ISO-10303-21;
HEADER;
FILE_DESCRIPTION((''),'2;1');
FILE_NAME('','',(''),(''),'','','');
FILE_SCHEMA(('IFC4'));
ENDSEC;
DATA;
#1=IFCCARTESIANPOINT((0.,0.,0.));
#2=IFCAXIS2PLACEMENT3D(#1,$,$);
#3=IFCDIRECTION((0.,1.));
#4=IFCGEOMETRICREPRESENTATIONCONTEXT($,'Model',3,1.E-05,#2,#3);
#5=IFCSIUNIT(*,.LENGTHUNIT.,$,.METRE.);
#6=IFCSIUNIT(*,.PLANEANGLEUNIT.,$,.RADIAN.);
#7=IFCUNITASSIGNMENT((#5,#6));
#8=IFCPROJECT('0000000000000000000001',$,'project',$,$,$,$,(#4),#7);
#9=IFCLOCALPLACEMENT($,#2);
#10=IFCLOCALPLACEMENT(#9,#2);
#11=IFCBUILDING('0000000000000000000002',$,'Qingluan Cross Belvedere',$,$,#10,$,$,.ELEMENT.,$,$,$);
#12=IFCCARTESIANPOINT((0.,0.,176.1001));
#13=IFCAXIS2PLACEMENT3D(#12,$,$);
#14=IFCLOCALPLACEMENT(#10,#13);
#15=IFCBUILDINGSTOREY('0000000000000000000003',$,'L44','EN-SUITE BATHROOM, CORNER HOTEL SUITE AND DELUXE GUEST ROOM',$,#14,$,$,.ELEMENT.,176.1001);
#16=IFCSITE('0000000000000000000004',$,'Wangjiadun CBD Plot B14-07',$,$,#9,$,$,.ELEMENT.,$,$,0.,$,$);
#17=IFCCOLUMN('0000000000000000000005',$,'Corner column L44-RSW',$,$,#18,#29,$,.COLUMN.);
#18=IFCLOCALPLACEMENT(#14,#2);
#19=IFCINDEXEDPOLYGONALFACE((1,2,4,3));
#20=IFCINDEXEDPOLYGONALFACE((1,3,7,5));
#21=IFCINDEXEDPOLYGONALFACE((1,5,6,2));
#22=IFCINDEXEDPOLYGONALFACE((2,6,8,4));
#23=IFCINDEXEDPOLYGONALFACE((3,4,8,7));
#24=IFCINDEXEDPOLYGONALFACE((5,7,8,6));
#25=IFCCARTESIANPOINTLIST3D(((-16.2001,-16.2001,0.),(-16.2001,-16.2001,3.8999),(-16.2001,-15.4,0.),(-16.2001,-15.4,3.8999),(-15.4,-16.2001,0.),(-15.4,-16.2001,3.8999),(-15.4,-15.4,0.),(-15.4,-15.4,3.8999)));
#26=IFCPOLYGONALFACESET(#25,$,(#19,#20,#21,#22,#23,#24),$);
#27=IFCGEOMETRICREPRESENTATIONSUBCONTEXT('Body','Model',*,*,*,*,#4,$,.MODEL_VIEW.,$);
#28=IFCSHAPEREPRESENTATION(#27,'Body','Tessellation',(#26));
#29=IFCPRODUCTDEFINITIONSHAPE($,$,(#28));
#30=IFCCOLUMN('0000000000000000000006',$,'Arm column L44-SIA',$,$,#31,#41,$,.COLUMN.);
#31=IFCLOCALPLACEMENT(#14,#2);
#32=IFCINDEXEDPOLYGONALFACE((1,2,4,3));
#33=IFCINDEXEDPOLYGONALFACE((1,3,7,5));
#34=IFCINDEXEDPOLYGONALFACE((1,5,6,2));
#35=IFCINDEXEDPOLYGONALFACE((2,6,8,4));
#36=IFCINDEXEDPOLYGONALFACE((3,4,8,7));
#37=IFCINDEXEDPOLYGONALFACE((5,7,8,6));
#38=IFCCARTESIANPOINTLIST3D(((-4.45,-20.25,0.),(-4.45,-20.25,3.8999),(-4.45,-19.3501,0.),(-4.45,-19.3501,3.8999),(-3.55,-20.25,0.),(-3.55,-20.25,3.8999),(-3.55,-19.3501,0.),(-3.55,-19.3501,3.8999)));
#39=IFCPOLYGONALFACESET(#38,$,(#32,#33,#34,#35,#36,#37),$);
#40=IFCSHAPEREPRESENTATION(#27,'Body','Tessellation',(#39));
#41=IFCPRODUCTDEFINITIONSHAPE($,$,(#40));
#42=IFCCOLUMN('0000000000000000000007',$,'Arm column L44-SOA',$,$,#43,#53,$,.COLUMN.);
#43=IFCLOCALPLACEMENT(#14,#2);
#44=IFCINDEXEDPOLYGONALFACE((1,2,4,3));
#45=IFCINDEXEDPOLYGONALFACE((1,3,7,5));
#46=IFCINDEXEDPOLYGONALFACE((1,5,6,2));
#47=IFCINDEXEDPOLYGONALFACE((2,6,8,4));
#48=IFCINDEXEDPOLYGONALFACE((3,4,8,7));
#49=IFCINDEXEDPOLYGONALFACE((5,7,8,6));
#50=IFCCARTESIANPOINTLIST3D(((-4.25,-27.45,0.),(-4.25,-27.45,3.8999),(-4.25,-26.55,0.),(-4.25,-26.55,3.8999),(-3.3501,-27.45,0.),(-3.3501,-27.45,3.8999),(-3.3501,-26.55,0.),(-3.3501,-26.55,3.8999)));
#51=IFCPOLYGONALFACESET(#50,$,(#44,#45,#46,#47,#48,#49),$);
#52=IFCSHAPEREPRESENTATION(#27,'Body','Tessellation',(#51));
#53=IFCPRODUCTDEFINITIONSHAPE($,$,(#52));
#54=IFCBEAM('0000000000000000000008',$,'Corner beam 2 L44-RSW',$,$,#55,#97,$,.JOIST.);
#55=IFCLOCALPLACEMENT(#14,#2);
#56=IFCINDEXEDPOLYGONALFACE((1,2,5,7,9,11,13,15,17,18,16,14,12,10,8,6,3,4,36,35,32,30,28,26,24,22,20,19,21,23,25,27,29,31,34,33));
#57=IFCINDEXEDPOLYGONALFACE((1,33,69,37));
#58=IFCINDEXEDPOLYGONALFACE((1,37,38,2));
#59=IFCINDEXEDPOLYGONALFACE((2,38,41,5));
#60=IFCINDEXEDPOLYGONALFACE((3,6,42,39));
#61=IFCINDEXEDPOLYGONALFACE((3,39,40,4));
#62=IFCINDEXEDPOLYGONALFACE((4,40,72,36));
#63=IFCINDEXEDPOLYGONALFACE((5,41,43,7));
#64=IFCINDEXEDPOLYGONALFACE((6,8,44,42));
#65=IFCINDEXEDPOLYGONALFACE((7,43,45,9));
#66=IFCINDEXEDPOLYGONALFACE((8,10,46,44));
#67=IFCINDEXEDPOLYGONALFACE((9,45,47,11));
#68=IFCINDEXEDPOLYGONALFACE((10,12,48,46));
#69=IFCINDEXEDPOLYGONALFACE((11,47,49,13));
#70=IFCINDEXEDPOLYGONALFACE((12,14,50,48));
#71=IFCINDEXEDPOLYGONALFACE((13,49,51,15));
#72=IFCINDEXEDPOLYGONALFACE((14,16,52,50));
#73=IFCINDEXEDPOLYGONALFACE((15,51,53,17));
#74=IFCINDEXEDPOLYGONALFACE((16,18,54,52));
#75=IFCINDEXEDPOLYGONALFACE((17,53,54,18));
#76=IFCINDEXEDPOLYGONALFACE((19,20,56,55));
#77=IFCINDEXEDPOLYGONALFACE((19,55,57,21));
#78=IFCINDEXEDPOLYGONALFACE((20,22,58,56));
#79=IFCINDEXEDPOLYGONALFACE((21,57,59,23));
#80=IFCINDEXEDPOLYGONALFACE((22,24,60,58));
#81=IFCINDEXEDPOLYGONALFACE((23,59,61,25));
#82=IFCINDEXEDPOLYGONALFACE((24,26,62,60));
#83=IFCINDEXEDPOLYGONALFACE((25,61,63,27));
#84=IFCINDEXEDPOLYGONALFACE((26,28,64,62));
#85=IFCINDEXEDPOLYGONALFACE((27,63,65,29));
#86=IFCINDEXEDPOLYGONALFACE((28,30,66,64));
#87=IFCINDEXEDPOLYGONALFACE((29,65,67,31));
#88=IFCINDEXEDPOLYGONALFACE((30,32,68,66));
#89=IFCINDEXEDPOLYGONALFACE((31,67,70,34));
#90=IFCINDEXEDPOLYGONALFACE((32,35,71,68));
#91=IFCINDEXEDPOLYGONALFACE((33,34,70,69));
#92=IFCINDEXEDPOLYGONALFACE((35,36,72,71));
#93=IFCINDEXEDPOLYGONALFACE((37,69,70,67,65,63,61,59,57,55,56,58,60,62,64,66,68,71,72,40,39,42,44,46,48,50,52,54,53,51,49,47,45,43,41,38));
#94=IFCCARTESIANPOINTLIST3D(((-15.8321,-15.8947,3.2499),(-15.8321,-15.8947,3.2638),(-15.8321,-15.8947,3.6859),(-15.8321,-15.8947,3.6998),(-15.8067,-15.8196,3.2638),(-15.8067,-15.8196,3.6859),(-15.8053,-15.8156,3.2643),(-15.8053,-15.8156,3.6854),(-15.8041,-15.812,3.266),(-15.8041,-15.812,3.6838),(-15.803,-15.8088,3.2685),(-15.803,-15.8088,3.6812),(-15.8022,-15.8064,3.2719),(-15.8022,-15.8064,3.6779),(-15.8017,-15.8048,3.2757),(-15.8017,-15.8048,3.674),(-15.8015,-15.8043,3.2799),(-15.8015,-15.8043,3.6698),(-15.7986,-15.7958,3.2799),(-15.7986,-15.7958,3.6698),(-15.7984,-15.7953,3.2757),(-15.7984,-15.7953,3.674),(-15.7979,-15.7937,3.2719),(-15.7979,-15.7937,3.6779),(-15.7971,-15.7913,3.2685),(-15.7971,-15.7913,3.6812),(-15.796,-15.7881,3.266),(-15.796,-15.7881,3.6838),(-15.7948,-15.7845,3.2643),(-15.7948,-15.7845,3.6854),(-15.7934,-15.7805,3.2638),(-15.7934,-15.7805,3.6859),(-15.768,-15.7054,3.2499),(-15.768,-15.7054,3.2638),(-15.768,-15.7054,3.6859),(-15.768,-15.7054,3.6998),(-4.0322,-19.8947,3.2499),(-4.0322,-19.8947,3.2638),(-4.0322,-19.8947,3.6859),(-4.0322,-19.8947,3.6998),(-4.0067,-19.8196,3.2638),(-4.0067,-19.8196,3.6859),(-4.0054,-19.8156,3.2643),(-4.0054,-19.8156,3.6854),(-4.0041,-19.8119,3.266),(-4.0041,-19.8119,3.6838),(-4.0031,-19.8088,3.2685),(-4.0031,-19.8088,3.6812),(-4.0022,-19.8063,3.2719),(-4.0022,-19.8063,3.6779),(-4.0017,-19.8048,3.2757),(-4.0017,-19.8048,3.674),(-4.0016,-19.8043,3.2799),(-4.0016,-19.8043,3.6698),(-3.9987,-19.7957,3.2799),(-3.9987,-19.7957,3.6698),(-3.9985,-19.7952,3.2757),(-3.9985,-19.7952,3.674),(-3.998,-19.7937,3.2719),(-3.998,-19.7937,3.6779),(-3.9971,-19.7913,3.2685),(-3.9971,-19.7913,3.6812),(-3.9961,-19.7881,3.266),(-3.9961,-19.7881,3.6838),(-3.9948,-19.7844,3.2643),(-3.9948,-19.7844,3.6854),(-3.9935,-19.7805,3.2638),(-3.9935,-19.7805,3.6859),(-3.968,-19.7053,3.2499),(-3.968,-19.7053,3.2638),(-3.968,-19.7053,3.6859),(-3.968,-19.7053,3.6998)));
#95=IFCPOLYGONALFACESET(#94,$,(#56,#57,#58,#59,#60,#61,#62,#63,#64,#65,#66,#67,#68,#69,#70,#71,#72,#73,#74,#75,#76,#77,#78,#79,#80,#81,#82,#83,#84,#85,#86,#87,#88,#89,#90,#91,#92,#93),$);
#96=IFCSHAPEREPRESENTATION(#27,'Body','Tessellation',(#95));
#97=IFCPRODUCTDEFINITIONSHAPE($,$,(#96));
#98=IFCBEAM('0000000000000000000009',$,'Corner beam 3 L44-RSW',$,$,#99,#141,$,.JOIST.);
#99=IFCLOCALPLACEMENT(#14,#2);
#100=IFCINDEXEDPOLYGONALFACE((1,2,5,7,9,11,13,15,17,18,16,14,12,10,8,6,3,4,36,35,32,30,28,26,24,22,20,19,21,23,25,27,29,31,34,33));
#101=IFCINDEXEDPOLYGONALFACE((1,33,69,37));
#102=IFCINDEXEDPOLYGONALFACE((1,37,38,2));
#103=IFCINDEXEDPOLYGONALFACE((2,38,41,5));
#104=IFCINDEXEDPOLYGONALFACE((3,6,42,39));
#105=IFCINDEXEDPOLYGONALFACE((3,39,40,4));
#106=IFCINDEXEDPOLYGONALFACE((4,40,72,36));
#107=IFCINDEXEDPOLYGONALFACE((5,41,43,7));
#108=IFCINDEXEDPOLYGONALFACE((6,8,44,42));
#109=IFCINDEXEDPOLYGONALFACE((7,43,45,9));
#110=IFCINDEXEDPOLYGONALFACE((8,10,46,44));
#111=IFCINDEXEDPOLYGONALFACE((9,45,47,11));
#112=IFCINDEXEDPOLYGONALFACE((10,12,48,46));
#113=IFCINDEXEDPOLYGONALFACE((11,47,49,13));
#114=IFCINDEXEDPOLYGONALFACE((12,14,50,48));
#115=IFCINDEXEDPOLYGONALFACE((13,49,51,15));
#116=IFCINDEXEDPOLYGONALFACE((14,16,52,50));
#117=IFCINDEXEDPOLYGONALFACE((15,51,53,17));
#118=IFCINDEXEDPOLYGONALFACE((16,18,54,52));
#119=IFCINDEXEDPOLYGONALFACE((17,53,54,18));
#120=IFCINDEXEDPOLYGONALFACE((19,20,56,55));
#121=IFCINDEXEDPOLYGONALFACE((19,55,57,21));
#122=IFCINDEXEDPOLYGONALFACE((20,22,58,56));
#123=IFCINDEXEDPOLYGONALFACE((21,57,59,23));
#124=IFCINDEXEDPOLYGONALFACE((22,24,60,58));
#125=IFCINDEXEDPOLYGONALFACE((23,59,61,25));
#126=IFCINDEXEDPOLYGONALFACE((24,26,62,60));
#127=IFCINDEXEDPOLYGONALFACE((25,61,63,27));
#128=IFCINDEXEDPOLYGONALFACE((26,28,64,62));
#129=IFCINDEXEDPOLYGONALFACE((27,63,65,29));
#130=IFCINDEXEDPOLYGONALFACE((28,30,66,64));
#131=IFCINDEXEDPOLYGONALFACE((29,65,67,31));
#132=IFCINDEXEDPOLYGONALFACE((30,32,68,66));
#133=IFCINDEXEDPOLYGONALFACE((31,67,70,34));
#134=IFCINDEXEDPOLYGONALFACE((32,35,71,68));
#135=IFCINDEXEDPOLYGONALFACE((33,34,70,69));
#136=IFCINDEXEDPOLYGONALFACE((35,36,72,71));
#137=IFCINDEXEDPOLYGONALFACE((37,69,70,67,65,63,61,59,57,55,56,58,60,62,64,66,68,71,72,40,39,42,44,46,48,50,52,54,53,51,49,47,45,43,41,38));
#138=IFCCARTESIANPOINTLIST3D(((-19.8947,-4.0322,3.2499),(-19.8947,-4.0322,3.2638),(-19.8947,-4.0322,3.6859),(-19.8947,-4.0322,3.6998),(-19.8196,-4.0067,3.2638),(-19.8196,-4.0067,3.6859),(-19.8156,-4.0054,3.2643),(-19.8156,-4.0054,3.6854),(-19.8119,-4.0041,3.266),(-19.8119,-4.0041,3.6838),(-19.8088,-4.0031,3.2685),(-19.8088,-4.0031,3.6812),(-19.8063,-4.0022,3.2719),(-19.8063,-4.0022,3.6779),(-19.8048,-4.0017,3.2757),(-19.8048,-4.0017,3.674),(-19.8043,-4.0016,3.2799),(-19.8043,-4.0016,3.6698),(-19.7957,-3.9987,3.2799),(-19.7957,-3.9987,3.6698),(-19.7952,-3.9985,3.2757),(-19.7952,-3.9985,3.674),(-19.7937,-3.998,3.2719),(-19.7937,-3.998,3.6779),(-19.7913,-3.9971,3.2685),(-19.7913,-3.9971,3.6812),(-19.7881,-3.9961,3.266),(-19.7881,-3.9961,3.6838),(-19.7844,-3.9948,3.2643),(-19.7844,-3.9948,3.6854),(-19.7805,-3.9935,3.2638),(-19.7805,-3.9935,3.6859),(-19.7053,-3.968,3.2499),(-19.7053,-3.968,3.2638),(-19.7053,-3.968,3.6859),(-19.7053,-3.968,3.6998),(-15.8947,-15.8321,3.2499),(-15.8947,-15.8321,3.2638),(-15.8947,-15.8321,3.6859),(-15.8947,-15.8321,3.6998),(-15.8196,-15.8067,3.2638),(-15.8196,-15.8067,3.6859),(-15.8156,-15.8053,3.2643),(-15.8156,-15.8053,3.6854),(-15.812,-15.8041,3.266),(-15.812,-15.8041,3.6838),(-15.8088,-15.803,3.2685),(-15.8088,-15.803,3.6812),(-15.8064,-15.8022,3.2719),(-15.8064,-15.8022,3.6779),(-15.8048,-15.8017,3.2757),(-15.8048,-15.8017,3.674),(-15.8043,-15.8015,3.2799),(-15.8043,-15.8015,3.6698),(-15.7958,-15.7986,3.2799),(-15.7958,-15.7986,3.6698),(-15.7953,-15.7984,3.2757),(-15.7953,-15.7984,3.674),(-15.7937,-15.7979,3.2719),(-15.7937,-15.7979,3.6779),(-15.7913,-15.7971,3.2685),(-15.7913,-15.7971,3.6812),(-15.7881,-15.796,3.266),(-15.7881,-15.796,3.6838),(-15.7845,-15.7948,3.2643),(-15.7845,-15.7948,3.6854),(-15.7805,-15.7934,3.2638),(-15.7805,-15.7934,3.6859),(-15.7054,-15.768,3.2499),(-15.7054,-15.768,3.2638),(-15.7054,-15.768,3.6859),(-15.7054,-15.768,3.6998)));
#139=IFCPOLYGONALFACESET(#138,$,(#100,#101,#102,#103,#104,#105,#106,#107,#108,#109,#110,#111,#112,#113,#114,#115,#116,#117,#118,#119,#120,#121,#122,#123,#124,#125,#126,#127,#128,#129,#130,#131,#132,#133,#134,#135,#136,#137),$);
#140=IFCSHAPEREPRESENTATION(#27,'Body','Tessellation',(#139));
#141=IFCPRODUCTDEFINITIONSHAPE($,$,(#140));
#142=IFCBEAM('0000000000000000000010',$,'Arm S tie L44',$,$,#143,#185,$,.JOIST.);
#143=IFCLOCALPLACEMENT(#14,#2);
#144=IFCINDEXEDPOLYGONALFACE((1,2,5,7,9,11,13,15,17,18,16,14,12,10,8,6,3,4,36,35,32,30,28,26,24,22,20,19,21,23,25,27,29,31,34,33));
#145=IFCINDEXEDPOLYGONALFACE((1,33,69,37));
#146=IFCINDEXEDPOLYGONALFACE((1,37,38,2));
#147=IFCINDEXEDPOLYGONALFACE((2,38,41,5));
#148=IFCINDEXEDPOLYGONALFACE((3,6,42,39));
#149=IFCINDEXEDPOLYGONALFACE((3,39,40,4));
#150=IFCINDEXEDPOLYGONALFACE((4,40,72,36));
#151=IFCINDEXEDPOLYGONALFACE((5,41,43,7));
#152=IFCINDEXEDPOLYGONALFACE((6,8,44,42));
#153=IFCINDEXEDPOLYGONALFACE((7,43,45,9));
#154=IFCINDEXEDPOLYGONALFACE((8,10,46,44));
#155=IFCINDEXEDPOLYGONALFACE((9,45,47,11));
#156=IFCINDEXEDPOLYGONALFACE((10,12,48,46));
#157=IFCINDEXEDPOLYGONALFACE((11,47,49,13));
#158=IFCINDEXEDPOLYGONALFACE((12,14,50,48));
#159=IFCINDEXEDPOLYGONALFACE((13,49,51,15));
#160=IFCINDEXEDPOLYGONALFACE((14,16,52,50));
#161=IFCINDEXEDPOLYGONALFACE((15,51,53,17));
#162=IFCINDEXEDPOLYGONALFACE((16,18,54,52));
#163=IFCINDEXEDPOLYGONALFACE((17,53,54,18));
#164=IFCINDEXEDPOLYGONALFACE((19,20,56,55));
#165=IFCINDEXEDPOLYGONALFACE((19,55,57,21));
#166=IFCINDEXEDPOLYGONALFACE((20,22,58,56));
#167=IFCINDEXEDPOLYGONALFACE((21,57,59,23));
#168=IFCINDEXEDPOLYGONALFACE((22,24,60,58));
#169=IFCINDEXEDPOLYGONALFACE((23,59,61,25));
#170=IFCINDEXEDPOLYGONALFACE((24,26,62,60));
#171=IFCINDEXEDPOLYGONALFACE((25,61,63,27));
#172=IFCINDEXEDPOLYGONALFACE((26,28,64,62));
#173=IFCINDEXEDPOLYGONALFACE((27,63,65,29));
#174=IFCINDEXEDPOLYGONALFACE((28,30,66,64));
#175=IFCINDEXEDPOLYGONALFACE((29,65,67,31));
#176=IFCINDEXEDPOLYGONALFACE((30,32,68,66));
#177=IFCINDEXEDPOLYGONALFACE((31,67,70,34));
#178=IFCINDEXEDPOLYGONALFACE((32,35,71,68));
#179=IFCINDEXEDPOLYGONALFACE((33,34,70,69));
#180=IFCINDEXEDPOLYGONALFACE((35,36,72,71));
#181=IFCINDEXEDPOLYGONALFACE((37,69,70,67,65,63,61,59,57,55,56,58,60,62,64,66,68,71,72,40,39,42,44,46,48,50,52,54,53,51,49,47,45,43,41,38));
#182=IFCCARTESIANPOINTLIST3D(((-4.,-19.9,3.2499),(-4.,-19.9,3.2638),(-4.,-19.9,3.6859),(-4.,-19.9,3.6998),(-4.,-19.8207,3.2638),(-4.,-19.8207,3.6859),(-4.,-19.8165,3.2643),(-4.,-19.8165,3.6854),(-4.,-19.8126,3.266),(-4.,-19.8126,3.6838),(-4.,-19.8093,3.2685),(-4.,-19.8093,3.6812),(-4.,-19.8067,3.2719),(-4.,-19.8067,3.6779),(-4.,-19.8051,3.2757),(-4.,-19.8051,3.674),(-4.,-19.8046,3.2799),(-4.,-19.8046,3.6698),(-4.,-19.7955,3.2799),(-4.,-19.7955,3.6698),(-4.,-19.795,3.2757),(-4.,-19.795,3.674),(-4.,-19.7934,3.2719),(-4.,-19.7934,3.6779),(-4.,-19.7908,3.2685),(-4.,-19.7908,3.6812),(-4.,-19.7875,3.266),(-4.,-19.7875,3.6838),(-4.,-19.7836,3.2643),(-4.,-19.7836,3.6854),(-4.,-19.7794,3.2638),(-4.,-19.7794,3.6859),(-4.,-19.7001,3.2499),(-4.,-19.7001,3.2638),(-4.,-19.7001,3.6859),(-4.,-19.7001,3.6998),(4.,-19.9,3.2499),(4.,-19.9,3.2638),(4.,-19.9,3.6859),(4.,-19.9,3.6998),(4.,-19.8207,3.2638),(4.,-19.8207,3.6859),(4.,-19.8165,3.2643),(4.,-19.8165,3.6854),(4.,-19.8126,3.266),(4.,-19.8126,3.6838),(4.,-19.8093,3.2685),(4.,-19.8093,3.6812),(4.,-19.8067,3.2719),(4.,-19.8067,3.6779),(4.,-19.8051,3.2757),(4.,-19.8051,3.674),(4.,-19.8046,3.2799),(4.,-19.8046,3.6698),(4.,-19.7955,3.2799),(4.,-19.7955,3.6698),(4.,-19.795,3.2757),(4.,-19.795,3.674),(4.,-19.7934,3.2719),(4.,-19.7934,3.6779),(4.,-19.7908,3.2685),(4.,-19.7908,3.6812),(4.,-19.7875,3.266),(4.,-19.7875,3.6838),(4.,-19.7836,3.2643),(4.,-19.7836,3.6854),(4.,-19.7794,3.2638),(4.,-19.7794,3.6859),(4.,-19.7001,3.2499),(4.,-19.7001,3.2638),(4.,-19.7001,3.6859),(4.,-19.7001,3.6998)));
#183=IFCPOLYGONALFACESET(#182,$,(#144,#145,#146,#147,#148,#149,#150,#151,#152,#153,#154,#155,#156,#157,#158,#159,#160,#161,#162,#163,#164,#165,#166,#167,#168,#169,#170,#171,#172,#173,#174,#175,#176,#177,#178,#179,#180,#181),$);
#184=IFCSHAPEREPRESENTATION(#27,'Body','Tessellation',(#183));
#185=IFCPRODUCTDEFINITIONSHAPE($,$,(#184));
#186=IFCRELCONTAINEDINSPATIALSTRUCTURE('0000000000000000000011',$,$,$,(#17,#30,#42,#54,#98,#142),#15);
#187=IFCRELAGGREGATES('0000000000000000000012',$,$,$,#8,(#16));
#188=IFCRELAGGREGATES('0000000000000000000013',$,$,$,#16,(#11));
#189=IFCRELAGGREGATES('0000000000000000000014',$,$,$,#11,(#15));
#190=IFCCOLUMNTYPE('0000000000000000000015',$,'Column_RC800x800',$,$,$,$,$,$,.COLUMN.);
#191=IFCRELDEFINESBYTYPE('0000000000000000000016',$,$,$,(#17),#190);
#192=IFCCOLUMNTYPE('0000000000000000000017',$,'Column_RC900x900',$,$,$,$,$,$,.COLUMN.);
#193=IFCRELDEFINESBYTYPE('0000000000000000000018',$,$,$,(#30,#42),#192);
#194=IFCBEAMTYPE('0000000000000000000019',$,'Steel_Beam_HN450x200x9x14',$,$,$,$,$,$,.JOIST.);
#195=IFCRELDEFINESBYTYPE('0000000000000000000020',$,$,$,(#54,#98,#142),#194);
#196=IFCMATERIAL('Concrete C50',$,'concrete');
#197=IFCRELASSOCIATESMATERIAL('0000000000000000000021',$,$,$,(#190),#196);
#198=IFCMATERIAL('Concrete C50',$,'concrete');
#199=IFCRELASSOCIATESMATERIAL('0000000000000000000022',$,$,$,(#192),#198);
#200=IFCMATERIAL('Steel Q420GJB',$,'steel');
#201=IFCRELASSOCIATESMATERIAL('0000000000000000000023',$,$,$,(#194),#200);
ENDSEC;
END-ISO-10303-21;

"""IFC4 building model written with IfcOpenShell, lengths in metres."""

from ifc_helpers import new_model, si_unit, direction, frame, origin, origin_2d, place, context, subcontext, project, spatial, rectangle, i_section, extrude, material, material_profile, profile_set, type_object, element, save


model = new_model("IFC4")

# Units and contexts
model_context = context("Model", 3, precision=1e-05, world=origin(), true_north=direction((0.0, 1.0)))
body_context = subcontext(model_context, "Body", "Model", "MODEL_VIEW")
ifc_project = project(units=[si_unit("LENGTHUNIT", "METRE"), si_unit("PLANEANGLEUNIT", "RADIAN")], contexts=[model_context])

# Site, building, storey
site_placement = place(None, origin())
site = spatial("IfcSite", under=ifc_project, at=site_placement, Name="Wangjiadun CBD Plot B14-07", CompositionType="ELEMENT", RefElevation=0.0)
building_placement = place(site_placement, origin())
building = spatial("IfcBuilding", under=site, at=building_placement, Name="Qingluan Cross Belvedere", CompositionType="ELEMENT")
storey_placement = place(building_placement, frame((0.0, 0.0, 176.1001)))
storey = spatial("IfcBuildingStorey", under=building, at=storey_placement, Name="L44", Description="EN-SUITE BATHROOM, CORNER HOTEL SUITE AND DELUXE GUEST ROOM", CompositionType="ELEMENT", Elevation=176.1001)

# Columns
ifc_material_1 = material(Name="Concrete C50", Category="concrete")
ifc_material_profile_1 = material_profile(ifc_material_1, rectangle(XDim=0.8, YDim=0.8, at=origin_2d()), Name="RC800x800")
ifc_profile_set_1 = profile_set([ifc_material_profile_1], Name="Concrete C50")
column_type_1 = type_object("IfcColumnType", Name="Column_RC800x800", PredefinedType="COLUMN", material=ifc_profile_set_1)
column_placement = place(storey_placement, frame((-15.8, -15.8, 0.0), z_axis=(0.0, 0.0, 1.0), x_axis=(1.0, 0.0, 0.0)))
element("IfcColumn", 1, at=column_placement, inside=storey, type_object=column_type_1, Name="Corner column L44-RSW", PredefinedType="COLUMN", context=body_context, shape_type="SweptSolid", body=[
    extrude(rectangle(XDim=0.8, YDim=0.8, at=origin_2d()), origin(), (0.0, 0.0, 1.0), 3.8999),
])
ifc_material_2 = material(Name="Concrete C50", Category="concrete")
ifc_material_profile_2 = material_profile(ifc_material_2, rectangle(XDim=0.8999, YDim=0.8999, at=origin_2d()), Name="RC900x900")
ifc_profile_set_2 = profile_set([ifc_material_profile_2], Name="Concrete C50")
column_type_2 = type_object("IfcColumnType", Name="Column_RC900x900", PredefinedType="COLUMN", material=ifc_profile_set_2)
for number, where, z_axis, x_axis, name in (
    (2, (-4.0, -19.8, 0.0), (0.0, 0.0, 1.0), (1.0, 0.0, 0.0), "Arm column L44-SIA"),
    (3, (-3.8, -27.0, 0.0), (0.0, 0.0, 1.0), (1.0, 0.0, 0.0), "Arm column L44-SOA"),
):
    element("IfcColumn", number, at=place(storey_placement, frame(where, z_axis=z_axis, x_axis=x_axis)), inside=storey, type_object=column_type_2, Name=name, PredefinedType="COLUMN", context=body_context, shape_type="SweptSolid", body=[
        extrude(rectangle(XDim=0.8999, YDim=0.8999, at=origin_2d()), origin(), (0.0, 0.0, 1.0), 3.8999),
    ])

# Beams
ifc_material_3 = material(Name="Steel Q420GJB", Category="steel")
ifc_material_profile_3 = material_profile(ifc_material_3, i_section(OverallWidth=0.2, OverallDepth=0.45, WebThickness=0.009, FlangeThickness=0.0139, FilletRadius=0.0161, at=origin_2d()), Name="HN450x200x9x14")
ifc_profile_set_3 = profile_set([ifc_material_profile_3], Name="Steel Q420GJB")
beam_type_1 = type_object("IfcBeamType", Name="Steel_Beam_HN450x200x9x14", PredefinedType="JOIST", material=ifc_profile_set_3)
for number, where, z_axis, x_axis, name in (
    (4, (-15.8, -15.8, 3.4749), (0.947066, -0.321038, 0.0), (0.321038, 0.947066, 0.0), "Corner beam 2 L44-RSW"),
    (5, (-15.8, -15.8, 3.4749), (-0.321038, 0.947066, 0.0), (-0.947066, -0.321038, 0.0), "Corner beam 3 L44-RSW"),
):
    element("IfcBeam", number, at=place(storey_placement, frame(where, z_axis=z_axis, x_axis=x_axis)), inside=storey, type_object=beam_type_1, Name=name, PredefinedType="JOIST", context=body_context, shape_type="SweptSolid", body=[
        extrude(i_section(OverallWidth=0.2, OverallDepth=0.45, WebThickness=0.009, FlangeThickness=0.0139, FilletRadius=0.0161, at=origin_2d()), origin(), (0.0, 0.0, 1.0), 12.4595),
    ])
for number, where, z_axis, x_axis, name in (
    (6, (-4.0, -19.8, 3.4749), (1.0, 0.0, 0.0), (0.0, 1.0, 0.0), "Arm S tie L44"),
):
    element("IfcBeam", number, at=place(storey_placement, frame(where, z_axis=z_axis, x_axis=x_axis)), inside=storey, type_object=beam_type_1, Name=name, PredefinedType="JOIST", context=body_context, shape_type="SweptSolid", body=[
        extrude(i_section(OverallWidth=0.2, OverallDepth=0.45, WebThickness=0.009, FlangeThickness=0.0139, FilletRadius=0.0161, at=origin_2d()), origin(), (0.0, 0.0, 1.0), 8.0),
    ])

save(model, "model.ifc")
